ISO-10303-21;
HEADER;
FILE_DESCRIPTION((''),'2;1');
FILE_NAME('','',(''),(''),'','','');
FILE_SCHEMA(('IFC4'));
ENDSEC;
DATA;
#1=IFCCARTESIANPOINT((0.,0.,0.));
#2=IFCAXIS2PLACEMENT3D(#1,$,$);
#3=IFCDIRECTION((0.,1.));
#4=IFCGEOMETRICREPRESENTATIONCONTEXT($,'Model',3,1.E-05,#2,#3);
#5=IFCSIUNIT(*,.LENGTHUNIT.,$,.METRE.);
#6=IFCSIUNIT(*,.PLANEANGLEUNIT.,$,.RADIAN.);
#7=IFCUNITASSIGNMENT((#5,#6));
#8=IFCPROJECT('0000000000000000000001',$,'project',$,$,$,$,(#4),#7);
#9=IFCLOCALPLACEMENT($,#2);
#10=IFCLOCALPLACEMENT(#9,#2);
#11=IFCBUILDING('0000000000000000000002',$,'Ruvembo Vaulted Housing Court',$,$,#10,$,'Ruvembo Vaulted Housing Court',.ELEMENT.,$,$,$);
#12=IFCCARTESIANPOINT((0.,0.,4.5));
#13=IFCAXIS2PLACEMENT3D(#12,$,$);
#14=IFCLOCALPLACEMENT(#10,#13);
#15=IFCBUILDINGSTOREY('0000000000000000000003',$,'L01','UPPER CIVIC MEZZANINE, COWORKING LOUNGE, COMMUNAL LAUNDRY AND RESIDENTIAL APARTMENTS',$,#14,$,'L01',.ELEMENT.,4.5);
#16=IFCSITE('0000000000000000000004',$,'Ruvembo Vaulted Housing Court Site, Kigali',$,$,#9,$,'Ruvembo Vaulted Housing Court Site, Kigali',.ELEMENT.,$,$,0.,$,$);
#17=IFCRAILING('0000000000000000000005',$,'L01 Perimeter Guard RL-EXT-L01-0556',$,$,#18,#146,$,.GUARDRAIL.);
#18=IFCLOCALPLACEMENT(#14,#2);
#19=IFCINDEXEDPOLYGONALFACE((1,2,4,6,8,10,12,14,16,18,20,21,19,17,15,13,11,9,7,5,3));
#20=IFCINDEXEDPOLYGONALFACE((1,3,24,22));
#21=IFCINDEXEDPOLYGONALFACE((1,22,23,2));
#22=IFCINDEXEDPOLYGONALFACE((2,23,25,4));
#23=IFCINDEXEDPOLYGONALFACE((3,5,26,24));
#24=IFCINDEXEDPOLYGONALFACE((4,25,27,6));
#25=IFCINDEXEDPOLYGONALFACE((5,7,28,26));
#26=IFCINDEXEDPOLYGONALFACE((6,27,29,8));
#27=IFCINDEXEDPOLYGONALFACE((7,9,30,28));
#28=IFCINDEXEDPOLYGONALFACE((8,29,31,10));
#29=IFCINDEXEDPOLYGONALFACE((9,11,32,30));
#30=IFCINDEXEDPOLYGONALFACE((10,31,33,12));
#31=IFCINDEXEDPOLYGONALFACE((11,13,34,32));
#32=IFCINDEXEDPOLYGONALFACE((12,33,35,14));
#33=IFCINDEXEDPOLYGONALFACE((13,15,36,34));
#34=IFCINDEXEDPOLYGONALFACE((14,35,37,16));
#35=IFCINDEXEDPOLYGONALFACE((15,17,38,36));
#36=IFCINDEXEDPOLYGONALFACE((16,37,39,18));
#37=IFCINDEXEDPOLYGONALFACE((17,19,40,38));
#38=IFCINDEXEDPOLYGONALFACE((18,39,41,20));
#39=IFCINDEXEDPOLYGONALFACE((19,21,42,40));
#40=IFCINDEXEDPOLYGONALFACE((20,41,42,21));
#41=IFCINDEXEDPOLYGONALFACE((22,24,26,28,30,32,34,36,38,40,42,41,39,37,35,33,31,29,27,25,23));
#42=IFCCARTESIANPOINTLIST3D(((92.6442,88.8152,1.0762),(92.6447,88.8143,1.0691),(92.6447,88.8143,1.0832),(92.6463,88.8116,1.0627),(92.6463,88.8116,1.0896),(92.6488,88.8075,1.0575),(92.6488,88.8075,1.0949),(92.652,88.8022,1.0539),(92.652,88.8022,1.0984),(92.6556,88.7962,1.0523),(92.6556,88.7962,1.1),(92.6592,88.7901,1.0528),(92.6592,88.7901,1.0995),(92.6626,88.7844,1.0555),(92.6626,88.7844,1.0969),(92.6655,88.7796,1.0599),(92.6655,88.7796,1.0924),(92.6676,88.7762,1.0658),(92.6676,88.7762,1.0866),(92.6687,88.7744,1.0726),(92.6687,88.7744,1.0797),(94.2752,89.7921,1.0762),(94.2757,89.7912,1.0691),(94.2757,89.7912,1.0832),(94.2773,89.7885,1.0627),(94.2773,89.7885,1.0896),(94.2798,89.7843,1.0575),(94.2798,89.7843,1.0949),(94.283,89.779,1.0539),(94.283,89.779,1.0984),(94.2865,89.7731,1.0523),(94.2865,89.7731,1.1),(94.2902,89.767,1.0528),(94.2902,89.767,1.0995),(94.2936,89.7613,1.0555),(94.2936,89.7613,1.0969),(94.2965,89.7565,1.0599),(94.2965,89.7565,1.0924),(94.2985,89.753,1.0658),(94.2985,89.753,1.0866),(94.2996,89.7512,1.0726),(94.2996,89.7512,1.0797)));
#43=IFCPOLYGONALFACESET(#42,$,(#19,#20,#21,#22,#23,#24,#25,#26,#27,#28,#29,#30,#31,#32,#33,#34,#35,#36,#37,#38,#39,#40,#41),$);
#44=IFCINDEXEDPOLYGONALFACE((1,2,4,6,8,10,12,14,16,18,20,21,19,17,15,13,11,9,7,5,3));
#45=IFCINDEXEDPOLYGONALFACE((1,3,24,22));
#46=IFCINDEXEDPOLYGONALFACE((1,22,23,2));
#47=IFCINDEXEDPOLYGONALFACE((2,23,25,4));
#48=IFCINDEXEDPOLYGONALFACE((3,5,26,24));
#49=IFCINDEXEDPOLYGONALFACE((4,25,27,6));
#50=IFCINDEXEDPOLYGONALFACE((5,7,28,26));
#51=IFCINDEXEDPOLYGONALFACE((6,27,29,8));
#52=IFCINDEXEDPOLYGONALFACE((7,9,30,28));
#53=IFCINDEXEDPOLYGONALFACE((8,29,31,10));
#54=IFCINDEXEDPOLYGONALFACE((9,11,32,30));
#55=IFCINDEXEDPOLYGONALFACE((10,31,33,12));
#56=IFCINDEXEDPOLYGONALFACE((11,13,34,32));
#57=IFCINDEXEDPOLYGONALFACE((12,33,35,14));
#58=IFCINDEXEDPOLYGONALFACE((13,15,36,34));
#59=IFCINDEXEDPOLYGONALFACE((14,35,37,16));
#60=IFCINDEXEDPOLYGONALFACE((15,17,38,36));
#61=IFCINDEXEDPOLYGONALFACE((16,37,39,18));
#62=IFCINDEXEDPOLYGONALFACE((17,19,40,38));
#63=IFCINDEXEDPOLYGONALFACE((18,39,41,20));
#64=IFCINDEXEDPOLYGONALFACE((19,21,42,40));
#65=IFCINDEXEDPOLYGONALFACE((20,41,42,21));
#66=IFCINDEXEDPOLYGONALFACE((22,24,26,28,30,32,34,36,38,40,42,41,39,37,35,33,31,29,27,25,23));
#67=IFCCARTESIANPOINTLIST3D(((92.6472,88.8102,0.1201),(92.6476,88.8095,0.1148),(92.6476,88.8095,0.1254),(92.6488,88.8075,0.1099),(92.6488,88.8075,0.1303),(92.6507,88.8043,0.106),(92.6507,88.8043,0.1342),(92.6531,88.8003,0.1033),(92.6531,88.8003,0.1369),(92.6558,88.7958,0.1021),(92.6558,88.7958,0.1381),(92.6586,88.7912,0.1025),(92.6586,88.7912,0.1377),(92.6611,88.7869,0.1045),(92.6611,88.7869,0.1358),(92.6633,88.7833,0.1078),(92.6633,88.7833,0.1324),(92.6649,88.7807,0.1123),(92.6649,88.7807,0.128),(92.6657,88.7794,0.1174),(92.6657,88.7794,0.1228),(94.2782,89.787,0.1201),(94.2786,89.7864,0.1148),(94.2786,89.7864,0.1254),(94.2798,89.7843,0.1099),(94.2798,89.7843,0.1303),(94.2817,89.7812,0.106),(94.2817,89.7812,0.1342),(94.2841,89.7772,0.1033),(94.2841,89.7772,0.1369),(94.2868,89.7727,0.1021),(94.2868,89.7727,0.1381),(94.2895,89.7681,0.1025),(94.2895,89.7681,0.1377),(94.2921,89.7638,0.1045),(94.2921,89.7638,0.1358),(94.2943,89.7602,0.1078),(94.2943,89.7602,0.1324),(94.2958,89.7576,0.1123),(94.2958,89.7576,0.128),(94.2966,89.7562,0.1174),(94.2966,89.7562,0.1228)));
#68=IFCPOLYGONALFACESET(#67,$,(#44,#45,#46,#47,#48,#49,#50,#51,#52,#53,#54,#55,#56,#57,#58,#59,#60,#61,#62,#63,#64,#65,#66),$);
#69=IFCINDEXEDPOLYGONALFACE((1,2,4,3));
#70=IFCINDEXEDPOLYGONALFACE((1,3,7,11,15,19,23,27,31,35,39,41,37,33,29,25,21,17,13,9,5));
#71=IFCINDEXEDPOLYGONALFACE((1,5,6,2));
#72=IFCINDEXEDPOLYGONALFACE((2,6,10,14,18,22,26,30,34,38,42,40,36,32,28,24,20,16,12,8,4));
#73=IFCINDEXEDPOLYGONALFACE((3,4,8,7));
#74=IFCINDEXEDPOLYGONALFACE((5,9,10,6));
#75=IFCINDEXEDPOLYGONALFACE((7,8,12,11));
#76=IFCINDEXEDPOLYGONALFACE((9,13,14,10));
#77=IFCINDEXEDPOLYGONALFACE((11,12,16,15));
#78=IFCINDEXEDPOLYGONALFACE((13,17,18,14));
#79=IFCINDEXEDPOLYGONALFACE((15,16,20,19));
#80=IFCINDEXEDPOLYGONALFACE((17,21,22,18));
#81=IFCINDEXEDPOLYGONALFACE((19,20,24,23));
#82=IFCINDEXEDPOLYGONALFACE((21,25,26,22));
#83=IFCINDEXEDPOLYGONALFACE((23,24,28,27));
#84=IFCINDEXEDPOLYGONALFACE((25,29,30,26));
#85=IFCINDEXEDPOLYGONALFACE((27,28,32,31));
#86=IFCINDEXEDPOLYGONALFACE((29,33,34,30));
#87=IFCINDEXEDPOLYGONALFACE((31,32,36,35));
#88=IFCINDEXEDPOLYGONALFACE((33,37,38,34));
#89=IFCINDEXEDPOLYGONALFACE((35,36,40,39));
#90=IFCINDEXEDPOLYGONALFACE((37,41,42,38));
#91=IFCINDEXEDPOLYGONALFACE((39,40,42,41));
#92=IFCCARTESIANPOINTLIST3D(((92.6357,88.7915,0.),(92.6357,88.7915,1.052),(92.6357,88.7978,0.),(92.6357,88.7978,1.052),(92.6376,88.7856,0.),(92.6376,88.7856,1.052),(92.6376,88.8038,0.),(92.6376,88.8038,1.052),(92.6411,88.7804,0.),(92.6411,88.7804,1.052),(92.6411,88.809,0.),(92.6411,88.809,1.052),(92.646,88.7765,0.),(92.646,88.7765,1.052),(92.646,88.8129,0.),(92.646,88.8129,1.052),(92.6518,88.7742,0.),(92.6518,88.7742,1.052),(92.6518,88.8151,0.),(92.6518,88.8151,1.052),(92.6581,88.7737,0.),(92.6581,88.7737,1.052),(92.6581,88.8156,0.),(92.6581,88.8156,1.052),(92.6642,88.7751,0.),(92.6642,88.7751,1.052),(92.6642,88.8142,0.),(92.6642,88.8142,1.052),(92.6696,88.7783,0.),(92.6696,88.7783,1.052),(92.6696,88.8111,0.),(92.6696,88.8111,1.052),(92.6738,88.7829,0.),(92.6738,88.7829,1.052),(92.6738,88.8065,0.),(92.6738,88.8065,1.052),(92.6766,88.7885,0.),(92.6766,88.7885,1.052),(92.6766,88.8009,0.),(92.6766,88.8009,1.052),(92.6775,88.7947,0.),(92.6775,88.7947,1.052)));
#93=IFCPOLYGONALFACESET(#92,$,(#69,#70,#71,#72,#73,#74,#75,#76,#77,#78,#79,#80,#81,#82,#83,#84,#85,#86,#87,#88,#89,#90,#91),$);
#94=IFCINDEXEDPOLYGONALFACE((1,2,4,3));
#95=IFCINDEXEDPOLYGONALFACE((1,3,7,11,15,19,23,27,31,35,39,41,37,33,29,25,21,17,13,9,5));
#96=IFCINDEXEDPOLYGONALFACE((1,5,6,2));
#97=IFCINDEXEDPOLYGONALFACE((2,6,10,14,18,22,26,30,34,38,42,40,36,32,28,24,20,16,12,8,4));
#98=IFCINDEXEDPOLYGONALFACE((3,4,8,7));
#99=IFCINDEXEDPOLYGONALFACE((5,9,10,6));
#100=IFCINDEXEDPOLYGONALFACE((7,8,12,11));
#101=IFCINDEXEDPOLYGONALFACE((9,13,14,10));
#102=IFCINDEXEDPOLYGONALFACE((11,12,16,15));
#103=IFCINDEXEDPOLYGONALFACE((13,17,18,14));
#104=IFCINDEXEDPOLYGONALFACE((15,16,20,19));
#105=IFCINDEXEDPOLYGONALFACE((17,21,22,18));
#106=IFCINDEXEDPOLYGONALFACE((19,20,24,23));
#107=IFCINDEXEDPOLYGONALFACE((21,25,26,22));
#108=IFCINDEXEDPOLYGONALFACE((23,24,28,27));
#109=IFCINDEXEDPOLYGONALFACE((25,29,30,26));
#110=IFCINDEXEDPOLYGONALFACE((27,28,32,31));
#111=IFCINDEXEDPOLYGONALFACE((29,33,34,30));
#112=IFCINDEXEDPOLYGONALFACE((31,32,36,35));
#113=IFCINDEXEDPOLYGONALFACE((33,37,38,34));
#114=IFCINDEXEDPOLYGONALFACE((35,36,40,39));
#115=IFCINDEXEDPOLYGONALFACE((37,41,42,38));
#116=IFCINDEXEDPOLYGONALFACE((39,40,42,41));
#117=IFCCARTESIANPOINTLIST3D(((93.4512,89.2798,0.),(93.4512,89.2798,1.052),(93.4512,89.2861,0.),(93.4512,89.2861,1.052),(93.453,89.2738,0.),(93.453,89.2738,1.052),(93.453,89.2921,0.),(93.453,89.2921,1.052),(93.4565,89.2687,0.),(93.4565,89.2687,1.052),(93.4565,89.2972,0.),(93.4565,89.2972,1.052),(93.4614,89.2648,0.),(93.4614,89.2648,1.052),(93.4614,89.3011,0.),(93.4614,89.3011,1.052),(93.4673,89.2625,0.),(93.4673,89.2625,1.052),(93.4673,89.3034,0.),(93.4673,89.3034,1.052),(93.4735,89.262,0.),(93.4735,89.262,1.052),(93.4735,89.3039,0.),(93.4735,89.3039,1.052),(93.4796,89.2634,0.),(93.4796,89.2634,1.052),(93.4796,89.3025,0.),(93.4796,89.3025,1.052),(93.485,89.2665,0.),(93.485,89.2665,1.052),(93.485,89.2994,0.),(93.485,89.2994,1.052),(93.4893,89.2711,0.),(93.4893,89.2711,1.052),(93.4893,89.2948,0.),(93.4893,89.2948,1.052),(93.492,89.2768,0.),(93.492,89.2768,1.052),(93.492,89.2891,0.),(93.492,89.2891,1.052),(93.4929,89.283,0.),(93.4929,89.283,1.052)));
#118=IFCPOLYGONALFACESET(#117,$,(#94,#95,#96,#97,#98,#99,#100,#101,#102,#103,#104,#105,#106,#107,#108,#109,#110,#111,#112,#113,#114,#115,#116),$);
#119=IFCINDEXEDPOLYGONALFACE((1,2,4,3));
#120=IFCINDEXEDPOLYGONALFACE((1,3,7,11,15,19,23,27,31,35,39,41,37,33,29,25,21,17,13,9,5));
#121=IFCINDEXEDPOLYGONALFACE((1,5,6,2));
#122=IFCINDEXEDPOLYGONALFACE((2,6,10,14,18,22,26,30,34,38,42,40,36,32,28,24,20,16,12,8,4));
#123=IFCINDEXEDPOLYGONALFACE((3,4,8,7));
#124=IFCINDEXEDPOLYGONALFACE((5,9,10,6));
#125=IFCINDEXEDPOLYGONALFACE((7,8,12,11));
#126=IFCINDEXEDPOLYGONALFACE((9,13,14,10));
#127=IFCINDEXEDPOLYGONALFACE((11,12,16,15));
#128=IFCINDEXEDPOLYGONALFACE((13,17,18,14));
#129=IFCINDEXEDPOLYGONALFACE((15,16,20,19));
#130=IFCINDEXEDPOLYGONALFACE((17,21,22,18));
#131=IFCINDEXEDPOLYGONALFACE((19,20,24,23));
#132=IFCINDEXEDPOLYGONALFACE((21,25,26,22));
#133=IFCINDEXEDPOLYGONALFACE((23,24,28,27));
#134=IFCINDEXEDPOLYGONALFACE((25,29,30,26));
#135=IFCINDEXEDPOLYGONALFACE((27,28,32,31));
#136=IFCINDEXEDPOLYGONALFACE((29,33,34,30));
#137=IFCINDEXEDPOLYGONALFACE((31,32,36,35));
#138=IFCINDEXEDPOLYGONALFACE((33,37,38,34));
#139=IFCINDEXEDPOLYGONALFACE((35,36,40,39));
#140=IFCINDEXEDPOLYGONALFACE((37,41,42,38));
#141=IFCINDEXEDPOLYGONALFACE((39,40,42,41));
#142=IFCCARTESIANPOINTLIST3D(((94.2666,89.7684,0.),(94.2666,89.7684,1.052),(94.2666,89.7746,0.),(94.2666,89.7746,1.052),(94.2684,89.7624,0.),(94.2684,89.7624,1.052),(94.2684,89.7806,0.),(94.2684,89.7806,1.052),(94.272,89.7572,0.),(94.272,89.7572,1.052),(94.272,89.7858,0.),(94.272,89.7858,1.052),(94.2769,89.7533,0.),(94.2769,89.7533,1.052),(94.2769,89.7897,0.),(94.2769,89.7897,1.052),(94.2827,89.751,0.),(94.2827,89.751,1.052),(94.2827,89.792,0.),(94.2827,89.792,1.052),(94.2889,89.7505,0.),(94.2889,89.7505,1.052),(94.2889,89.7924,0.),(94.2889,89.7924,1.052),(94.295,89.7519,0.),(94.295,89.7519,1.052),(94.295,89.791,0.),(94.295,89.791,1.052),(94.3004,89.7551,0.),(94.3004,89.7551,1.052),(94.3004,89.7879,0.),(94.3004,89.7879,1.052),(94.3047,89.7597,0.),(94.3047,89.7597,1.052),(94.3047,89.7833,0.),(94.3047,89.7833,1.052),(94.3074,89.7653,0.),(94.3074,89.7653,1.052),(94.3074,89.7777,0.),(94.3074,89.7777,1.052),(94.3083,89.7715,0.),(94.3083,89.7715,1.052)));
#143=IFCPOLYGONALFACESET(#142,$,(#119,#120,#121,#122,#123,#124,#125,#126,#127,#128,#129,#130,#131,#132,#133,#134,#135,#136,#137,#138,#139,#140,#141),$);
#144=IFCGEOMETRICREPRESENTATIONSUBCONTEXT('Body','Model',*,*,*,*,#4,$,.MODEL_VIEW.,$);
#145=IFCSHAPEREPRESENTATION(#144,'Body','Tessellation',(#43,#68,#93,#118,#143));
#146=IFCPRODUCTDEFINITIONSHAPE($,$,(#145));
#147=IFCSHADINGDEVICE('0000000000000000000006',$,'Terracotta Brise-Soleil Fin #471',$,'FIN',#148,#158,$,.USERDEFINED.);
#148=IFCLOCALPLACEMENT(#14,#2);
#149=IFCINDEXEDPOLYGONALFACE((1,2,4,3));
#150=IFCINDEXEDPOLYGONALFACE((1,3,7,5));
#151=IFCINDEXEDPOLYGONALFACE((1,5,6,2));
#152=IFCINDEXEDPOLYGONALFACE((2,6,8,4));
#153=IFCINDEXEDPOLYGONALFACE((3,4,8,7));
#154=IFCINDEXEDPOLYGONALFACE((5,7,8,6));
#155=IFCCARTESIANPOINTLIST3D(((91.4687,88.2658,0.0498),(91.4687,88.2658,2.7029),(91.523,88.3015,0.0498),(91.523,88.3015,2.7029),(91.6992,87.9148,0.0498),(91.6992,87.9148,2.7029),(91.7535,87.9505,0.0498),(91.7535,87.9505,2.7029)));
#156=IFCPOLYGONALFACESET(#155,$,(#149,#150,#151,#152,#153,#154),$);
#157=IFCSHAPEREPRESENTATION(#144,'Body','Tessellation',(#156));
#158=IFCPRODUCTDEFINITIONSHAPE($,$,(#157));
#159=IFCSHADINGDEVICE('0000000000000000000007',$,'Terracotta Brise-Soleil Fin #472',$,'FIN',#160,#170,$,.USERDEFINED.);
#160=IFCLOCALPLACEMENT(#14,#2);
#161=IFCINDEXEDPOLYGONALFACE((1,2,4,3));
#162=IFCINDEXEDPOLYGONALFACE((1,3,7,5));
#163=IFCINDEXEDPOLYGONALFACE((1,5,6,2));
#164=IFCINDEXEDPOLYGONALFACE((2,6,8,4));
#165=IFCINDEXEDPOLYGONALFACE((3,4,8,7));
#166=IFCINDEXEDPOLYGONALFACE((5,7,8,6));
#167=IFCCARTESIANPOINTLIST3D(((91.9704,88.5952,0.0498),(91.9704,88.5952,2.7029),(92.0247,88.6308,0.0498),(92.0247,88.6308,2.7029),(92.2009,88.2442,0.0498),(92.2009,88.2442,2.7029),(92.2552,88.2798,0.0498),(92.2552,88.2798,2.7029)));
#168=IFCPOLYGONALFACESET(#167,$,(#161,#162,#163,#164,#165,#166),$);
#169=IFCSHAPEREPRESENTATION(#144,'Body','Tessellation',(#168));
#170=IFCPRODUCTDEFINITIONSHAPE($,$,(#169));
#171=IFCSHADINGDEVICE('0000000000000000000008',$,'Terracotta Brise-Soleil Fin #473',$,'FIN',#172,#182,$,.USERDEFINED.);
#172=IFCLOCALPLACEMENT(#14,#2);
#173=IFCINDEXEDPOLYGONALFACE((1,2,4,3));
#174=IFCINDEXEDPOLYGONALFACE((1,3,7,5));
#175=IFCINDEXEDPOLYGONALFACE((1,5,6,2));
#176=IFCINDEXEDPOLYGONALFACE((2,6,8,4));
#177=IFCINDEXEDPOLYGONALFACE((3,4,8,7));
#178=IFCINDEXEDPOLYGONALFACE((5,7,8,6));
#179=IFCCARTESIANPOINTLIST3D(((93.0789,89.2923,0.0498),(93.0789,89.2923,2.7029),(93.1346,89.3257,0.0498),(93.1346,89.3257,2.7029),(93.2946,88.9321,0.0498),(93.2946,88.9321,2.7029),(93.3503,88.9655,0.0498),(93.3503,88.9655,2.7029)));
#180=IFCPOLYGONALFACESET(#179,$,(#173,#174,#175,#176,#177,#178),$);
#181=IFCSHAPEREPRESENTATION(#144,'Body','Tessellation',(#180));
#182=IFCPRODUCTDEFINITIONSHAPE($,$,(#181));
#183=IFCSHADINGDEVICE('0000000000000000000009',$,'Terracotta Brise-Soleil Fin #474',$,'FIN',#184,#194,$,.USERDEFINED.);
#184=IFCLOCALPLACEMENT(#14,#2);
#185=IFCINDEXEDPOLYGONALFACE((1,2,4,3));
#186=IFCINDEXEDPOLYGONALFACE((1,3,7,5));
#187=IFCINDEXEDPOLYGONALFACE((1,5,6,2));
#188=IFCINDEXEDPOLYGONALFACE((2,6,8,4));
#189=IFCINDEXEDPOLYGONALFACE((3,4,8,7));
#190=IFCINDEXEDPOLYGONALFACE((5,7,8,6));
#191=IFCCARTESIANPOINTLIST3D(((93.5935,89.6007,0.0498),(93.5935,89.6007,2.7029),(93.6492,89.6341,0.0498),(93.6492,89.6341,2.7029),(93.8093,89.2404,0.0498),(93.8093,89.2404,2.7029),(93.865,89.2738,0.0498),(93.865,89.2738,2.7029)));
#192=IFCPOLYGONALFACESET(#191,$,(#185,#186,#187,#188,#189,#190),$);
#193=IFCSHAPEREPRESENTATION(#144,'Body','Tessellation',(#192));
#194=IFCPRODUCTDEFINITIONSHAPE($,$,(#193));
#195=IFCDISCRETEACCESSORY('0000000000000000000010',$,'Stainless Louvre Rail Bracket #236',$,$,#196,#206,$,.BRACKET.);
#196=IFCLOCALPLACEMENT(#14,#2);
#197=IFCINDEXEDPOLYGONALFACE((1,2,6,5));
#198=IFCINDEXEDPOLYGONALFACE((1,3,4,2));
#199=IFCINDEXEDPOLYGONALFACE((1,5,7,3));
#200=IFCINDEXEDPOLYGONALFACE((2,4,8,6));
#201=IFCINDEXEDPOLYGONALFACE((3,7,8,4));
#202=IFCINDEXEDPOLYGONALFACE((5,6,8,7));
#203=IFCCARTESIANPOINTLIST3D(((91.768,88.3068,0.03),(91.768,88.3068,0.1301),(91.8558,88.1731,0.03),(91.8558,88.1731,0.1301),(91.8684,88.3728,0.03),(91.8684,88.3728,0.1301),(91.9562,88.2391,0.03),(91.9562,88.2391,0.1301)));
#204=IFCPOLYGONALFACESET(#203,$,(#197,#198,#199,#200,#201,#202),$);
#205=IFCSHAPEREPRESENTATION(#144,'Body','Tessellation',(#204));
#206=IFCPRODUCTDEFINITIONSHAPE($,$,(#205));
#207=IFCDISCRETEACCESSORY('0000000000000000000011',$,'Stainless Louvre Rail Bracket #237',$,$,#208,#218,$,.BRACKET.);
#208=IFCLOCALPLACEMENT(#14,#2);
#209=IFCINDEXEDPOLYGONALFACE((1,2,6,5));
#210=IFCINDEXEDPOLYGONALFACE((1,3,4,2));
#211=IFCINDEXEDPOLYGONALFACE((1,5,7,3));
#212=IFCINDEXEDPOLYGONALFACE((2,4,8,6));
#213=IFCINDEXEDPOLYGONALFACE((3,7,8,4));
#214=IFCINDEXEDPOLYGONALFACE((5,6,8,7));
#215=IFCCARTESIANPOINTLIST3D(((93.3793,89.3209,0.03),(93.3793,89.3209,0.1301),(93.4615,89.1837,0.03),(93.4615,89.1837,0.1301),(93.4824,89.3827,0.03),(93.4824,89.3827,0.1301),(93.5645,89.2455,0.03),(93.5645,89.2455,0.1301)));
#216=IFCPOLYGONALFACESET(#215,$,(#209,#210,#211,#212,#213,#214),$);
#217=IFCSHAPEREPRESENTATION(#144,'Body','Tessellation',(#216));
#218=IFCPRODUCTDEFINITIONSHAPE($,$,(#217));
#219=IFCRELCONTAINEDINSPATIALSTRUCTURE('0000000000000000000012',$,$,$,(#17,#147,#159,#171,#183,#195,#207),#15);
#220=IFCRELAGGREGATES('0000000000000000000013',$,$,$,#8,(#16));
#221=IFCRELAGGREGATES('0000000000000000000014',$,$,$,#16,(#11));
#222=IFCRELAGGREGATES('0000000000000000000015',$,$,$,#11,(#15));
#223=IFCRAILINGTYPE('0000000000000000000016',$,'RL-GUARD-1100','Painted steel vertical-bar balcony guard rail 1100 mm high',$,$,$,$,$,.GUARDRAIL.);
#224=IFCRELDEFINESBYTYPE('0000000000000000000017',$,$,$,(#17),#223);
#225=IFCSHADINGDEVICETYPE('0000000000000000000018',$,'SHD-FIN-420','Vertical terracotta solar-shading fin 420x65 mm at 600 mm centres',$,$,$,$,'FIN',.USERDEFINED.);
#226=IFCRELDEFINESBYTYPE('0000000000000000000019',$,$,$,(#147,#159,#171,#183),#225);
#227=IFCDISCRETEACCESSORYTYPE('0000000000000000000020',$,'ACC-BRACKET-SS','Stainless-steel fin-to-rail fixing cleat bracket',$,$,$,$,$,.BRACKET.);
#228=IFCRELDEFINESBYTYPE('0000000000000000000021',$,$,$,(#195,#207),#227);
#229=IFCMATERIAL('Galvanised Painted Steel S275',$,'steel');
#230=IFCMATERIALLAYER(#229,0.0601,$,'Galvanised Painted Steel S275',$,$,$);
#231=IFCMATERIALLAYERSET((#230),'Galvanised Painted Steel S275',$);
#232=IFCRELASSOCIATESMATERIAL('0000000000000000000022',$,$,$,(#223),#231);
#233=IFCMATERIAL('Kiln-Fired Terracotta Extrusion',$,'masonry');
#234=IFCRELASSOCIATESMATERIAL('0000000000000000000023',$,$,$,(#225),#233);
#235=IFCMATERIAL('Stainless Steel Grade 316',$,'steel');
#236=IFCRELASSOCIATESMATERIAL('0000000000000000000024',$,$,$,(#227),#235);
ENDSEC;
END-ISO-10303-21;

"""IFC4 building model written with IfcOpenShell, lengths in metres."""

from ifc_helpers import new_model, si_unit, direction, frame, origin, origin_2d, place, context, subcontext, project, spatial, rectangle, circle, extrude, material, layer, layer_set, type_object, element, save


model = new_model("IFC4")

# Units and contexts
model_context = context("Model", 3, precision=1e-05, world=origin(), true_north=direction((0.0, 1.0)))
body_context = subcontext(model_context, "Body", "Model", "MODEL_VIEW")
ifc_project = project(units=[si_unit("LENGTHUNIT", "METRE"), si_unit("PLANEANGLEUNIT", "RADIAN")], contexts=[model_context])

# Site, building, storey
site_placement = place(None, origin())
site = spatial("IfcSite", under=ifc_project, at=site_placement, Name="Ruvembo Vaulted Housing Court Site, Kigali", LongName="Ruvembo Vaulted Housing Court Site, Kigali", CompositionType="ELEMENT", RefElevation=0.0)
building_placement = place(site_placement, origin())
building = spatial("IfcBuilding", under=site, at=building_placement, Name="Ruvembo Vaulted Housing Court", LongName="Ruvembo Vaulted Housing Court", CompositionType="ELEMENT")
storey_placement = place(building_placement, frame((0.0, 0.0, 4.5)))
storey = spatial("IfcBuildingStorey", under=building, at=storey_placement, Name="L01", Description="UPPER CIVIC MEZZANINE, COWORKING LOUNGE, COMMUNAL LAUNDRY AND RESIDENTIAL APARTMENTS", LongName="L01", CompositionType="ELEMENT", Elevation=4.5)

# Railing
ifc_material_1 = material(Name="Galvanised Painted Steel S275", Category="steel")
ifc_layer_1 = layer(ifc_material_1, 0.0601, Name="Galvanised Painted Steel S275")
ifc_layer_set_1 = layer_set([ifc_layer_1], Name="Galvanised Painted Steel S275")
railing_type = type_object("IfcRailingType", Name="RL-GUARD-1100", Description="Painted steel vertical-bar balcony guard rail 1100 mm high", PredefinedType="GUARDRAIL", material=ifc_layer_set_1)
railing_1_placement = place(storey_placement, frame((92.6565, 88.7947, 0.0)))
element("IfcRailing", 1, at=railing_1_placement, inside=storey, type_object=railing_type, Name="L01 Perimeter Guard RL-EXT-L01-0556", PredefinedType="GUARDRAIL", context=body_context, shape_type="SweptSolid", body=[
    extrude(circle(Radius=0.0239, at=origin_2d()), frame((0.0, 0.0, 1.0762), z_axis=(0.857889, 0.513835, 0.0), x_axis=(-0.513835, 0.857889, 0.0)), (0.0, 0.0, 1.0), 1.9011),
    extrude(circle(Radius=0.0181, at=origin_2d()), frame((0.0, 0.0, 0.1201), z_axis=(0.857889, 0.513835, 0.0), x_axis=(-0.513835, 0.857889, 0.0)), (0.0, 0.0, 1.0), 1.9011),
    extrude(circle(Radius=0.021, at=origin_2d()), origin(), (0.0, 0.0, 1.0), 1.052),
    extrude(circle(Radius=0.021, at=origin_2d()), frame((0.8154, 0.4883, 0.0)), (0.0, 0.0, 1.0), 1.052),
    extrude(circle(Radius=0.021, at=origin_2d()), frame((1.6309, 0.9768, 0.0)), (0.0, 0.0, 1.0), 1.052),
])

# Shading devices
ifc_material_2 = material(Name="Kiln-Fired Terracotta Extrusion", Category="masonry")
shading_device_type = type_object("IfcShadingDeviceType", Name="SHD-FIN-420", Description="Vertical terracotta solar-shading fin 420x65 mm at 600 mm centres", ElementType="FIN", PredefinedType="USERDEFINED", material=ifc_material_2)
for number, where, z_axis, x_axis, name in (
    (2, (91.6111, 88.1082, 0.0498), (0.0, 0.0, 1.0), (0.548964, -0.835846, 0.0), "Terracotta Brise-Soleil Fin #471"),
    (3, (92.1128, 88.4375, 0.0498), (0.0, 0.0, 1.0), (0.548964, -0.835846, 0.0), "Terracotta Brise-Soleil Fin #472"),
    (4, (93.2146, 89.1289, 0.0498), (0.0, 0.0, 1.0), (0.513826, -0.857895, 0.0), "Terracotta Brise-Soleil Fin #473"),
    (5, (93.7292, 89.4373, 0.0498), (0.0, 0.0, 1.0), (0.513826, -0.857895, 0.0), "Terracotta Brise-Soleil Fin #474"),
):
    element("IfcShadingDevice", number, at=place(storey_placement, frame(where, z_axis=z_axis, x_axis=x_axis)), inside=storey, type_object=shading_device_type, Name=name, ObjectType="FIN", PredefinedType="USERDEFINED", context=body_context, shape_type="SweptSolid", body=[
        extrude(rectangle(XDim=0.4199, YDim=0.0649, at=origin_2d()), origin(), (0.0, 0.0, 1.0), 2.6531),
    ])

# Discrete accessories
ifc_material_3 = material(Name="Stainless Steel Grade 316", Category="steel")
discrete_accessory_type = type_object("IfcDiscreteAccessoryType", Name="ACC-BRACKET-SS", Description="Stainless-steel fin-to-rail fixing cleat bracket", PredefinedType="BRACKET", material=ifc_material_3)
for number, where, z_axis, x_axis, name in (
    (6, (91.8621, 88.2729, 0.03), (0.0, 0.0, 1.0), (0.548964, -0.835846, 0.0), "Stainless Louvre Rail Bracket #236"),
    (7, (93.4719, 89.2832, 0.03), (0.0, 0.0, 1.0), (0.513826, -0.857895, 0.0), "Stainless Louvre Rail Bracket #237"),
):
    element("IfcDiscreteAccessory", number, at=place(storey_placement, frame(where, z_axis=z_axis, x_axis=x_axis)), inside=storey, type_object=discrete_accessory_type, Name=name, PredefinedType="BRACKET", context=body_context, shape_type="SweptSolid", body=[
        extrude(rectangle(XDim=0.1599, YDim=0.1201, at=origin_2d()), origin(), (0.0, 0.0, 1.0), 0.1001),
    ])

save(model, "model.ifc")
